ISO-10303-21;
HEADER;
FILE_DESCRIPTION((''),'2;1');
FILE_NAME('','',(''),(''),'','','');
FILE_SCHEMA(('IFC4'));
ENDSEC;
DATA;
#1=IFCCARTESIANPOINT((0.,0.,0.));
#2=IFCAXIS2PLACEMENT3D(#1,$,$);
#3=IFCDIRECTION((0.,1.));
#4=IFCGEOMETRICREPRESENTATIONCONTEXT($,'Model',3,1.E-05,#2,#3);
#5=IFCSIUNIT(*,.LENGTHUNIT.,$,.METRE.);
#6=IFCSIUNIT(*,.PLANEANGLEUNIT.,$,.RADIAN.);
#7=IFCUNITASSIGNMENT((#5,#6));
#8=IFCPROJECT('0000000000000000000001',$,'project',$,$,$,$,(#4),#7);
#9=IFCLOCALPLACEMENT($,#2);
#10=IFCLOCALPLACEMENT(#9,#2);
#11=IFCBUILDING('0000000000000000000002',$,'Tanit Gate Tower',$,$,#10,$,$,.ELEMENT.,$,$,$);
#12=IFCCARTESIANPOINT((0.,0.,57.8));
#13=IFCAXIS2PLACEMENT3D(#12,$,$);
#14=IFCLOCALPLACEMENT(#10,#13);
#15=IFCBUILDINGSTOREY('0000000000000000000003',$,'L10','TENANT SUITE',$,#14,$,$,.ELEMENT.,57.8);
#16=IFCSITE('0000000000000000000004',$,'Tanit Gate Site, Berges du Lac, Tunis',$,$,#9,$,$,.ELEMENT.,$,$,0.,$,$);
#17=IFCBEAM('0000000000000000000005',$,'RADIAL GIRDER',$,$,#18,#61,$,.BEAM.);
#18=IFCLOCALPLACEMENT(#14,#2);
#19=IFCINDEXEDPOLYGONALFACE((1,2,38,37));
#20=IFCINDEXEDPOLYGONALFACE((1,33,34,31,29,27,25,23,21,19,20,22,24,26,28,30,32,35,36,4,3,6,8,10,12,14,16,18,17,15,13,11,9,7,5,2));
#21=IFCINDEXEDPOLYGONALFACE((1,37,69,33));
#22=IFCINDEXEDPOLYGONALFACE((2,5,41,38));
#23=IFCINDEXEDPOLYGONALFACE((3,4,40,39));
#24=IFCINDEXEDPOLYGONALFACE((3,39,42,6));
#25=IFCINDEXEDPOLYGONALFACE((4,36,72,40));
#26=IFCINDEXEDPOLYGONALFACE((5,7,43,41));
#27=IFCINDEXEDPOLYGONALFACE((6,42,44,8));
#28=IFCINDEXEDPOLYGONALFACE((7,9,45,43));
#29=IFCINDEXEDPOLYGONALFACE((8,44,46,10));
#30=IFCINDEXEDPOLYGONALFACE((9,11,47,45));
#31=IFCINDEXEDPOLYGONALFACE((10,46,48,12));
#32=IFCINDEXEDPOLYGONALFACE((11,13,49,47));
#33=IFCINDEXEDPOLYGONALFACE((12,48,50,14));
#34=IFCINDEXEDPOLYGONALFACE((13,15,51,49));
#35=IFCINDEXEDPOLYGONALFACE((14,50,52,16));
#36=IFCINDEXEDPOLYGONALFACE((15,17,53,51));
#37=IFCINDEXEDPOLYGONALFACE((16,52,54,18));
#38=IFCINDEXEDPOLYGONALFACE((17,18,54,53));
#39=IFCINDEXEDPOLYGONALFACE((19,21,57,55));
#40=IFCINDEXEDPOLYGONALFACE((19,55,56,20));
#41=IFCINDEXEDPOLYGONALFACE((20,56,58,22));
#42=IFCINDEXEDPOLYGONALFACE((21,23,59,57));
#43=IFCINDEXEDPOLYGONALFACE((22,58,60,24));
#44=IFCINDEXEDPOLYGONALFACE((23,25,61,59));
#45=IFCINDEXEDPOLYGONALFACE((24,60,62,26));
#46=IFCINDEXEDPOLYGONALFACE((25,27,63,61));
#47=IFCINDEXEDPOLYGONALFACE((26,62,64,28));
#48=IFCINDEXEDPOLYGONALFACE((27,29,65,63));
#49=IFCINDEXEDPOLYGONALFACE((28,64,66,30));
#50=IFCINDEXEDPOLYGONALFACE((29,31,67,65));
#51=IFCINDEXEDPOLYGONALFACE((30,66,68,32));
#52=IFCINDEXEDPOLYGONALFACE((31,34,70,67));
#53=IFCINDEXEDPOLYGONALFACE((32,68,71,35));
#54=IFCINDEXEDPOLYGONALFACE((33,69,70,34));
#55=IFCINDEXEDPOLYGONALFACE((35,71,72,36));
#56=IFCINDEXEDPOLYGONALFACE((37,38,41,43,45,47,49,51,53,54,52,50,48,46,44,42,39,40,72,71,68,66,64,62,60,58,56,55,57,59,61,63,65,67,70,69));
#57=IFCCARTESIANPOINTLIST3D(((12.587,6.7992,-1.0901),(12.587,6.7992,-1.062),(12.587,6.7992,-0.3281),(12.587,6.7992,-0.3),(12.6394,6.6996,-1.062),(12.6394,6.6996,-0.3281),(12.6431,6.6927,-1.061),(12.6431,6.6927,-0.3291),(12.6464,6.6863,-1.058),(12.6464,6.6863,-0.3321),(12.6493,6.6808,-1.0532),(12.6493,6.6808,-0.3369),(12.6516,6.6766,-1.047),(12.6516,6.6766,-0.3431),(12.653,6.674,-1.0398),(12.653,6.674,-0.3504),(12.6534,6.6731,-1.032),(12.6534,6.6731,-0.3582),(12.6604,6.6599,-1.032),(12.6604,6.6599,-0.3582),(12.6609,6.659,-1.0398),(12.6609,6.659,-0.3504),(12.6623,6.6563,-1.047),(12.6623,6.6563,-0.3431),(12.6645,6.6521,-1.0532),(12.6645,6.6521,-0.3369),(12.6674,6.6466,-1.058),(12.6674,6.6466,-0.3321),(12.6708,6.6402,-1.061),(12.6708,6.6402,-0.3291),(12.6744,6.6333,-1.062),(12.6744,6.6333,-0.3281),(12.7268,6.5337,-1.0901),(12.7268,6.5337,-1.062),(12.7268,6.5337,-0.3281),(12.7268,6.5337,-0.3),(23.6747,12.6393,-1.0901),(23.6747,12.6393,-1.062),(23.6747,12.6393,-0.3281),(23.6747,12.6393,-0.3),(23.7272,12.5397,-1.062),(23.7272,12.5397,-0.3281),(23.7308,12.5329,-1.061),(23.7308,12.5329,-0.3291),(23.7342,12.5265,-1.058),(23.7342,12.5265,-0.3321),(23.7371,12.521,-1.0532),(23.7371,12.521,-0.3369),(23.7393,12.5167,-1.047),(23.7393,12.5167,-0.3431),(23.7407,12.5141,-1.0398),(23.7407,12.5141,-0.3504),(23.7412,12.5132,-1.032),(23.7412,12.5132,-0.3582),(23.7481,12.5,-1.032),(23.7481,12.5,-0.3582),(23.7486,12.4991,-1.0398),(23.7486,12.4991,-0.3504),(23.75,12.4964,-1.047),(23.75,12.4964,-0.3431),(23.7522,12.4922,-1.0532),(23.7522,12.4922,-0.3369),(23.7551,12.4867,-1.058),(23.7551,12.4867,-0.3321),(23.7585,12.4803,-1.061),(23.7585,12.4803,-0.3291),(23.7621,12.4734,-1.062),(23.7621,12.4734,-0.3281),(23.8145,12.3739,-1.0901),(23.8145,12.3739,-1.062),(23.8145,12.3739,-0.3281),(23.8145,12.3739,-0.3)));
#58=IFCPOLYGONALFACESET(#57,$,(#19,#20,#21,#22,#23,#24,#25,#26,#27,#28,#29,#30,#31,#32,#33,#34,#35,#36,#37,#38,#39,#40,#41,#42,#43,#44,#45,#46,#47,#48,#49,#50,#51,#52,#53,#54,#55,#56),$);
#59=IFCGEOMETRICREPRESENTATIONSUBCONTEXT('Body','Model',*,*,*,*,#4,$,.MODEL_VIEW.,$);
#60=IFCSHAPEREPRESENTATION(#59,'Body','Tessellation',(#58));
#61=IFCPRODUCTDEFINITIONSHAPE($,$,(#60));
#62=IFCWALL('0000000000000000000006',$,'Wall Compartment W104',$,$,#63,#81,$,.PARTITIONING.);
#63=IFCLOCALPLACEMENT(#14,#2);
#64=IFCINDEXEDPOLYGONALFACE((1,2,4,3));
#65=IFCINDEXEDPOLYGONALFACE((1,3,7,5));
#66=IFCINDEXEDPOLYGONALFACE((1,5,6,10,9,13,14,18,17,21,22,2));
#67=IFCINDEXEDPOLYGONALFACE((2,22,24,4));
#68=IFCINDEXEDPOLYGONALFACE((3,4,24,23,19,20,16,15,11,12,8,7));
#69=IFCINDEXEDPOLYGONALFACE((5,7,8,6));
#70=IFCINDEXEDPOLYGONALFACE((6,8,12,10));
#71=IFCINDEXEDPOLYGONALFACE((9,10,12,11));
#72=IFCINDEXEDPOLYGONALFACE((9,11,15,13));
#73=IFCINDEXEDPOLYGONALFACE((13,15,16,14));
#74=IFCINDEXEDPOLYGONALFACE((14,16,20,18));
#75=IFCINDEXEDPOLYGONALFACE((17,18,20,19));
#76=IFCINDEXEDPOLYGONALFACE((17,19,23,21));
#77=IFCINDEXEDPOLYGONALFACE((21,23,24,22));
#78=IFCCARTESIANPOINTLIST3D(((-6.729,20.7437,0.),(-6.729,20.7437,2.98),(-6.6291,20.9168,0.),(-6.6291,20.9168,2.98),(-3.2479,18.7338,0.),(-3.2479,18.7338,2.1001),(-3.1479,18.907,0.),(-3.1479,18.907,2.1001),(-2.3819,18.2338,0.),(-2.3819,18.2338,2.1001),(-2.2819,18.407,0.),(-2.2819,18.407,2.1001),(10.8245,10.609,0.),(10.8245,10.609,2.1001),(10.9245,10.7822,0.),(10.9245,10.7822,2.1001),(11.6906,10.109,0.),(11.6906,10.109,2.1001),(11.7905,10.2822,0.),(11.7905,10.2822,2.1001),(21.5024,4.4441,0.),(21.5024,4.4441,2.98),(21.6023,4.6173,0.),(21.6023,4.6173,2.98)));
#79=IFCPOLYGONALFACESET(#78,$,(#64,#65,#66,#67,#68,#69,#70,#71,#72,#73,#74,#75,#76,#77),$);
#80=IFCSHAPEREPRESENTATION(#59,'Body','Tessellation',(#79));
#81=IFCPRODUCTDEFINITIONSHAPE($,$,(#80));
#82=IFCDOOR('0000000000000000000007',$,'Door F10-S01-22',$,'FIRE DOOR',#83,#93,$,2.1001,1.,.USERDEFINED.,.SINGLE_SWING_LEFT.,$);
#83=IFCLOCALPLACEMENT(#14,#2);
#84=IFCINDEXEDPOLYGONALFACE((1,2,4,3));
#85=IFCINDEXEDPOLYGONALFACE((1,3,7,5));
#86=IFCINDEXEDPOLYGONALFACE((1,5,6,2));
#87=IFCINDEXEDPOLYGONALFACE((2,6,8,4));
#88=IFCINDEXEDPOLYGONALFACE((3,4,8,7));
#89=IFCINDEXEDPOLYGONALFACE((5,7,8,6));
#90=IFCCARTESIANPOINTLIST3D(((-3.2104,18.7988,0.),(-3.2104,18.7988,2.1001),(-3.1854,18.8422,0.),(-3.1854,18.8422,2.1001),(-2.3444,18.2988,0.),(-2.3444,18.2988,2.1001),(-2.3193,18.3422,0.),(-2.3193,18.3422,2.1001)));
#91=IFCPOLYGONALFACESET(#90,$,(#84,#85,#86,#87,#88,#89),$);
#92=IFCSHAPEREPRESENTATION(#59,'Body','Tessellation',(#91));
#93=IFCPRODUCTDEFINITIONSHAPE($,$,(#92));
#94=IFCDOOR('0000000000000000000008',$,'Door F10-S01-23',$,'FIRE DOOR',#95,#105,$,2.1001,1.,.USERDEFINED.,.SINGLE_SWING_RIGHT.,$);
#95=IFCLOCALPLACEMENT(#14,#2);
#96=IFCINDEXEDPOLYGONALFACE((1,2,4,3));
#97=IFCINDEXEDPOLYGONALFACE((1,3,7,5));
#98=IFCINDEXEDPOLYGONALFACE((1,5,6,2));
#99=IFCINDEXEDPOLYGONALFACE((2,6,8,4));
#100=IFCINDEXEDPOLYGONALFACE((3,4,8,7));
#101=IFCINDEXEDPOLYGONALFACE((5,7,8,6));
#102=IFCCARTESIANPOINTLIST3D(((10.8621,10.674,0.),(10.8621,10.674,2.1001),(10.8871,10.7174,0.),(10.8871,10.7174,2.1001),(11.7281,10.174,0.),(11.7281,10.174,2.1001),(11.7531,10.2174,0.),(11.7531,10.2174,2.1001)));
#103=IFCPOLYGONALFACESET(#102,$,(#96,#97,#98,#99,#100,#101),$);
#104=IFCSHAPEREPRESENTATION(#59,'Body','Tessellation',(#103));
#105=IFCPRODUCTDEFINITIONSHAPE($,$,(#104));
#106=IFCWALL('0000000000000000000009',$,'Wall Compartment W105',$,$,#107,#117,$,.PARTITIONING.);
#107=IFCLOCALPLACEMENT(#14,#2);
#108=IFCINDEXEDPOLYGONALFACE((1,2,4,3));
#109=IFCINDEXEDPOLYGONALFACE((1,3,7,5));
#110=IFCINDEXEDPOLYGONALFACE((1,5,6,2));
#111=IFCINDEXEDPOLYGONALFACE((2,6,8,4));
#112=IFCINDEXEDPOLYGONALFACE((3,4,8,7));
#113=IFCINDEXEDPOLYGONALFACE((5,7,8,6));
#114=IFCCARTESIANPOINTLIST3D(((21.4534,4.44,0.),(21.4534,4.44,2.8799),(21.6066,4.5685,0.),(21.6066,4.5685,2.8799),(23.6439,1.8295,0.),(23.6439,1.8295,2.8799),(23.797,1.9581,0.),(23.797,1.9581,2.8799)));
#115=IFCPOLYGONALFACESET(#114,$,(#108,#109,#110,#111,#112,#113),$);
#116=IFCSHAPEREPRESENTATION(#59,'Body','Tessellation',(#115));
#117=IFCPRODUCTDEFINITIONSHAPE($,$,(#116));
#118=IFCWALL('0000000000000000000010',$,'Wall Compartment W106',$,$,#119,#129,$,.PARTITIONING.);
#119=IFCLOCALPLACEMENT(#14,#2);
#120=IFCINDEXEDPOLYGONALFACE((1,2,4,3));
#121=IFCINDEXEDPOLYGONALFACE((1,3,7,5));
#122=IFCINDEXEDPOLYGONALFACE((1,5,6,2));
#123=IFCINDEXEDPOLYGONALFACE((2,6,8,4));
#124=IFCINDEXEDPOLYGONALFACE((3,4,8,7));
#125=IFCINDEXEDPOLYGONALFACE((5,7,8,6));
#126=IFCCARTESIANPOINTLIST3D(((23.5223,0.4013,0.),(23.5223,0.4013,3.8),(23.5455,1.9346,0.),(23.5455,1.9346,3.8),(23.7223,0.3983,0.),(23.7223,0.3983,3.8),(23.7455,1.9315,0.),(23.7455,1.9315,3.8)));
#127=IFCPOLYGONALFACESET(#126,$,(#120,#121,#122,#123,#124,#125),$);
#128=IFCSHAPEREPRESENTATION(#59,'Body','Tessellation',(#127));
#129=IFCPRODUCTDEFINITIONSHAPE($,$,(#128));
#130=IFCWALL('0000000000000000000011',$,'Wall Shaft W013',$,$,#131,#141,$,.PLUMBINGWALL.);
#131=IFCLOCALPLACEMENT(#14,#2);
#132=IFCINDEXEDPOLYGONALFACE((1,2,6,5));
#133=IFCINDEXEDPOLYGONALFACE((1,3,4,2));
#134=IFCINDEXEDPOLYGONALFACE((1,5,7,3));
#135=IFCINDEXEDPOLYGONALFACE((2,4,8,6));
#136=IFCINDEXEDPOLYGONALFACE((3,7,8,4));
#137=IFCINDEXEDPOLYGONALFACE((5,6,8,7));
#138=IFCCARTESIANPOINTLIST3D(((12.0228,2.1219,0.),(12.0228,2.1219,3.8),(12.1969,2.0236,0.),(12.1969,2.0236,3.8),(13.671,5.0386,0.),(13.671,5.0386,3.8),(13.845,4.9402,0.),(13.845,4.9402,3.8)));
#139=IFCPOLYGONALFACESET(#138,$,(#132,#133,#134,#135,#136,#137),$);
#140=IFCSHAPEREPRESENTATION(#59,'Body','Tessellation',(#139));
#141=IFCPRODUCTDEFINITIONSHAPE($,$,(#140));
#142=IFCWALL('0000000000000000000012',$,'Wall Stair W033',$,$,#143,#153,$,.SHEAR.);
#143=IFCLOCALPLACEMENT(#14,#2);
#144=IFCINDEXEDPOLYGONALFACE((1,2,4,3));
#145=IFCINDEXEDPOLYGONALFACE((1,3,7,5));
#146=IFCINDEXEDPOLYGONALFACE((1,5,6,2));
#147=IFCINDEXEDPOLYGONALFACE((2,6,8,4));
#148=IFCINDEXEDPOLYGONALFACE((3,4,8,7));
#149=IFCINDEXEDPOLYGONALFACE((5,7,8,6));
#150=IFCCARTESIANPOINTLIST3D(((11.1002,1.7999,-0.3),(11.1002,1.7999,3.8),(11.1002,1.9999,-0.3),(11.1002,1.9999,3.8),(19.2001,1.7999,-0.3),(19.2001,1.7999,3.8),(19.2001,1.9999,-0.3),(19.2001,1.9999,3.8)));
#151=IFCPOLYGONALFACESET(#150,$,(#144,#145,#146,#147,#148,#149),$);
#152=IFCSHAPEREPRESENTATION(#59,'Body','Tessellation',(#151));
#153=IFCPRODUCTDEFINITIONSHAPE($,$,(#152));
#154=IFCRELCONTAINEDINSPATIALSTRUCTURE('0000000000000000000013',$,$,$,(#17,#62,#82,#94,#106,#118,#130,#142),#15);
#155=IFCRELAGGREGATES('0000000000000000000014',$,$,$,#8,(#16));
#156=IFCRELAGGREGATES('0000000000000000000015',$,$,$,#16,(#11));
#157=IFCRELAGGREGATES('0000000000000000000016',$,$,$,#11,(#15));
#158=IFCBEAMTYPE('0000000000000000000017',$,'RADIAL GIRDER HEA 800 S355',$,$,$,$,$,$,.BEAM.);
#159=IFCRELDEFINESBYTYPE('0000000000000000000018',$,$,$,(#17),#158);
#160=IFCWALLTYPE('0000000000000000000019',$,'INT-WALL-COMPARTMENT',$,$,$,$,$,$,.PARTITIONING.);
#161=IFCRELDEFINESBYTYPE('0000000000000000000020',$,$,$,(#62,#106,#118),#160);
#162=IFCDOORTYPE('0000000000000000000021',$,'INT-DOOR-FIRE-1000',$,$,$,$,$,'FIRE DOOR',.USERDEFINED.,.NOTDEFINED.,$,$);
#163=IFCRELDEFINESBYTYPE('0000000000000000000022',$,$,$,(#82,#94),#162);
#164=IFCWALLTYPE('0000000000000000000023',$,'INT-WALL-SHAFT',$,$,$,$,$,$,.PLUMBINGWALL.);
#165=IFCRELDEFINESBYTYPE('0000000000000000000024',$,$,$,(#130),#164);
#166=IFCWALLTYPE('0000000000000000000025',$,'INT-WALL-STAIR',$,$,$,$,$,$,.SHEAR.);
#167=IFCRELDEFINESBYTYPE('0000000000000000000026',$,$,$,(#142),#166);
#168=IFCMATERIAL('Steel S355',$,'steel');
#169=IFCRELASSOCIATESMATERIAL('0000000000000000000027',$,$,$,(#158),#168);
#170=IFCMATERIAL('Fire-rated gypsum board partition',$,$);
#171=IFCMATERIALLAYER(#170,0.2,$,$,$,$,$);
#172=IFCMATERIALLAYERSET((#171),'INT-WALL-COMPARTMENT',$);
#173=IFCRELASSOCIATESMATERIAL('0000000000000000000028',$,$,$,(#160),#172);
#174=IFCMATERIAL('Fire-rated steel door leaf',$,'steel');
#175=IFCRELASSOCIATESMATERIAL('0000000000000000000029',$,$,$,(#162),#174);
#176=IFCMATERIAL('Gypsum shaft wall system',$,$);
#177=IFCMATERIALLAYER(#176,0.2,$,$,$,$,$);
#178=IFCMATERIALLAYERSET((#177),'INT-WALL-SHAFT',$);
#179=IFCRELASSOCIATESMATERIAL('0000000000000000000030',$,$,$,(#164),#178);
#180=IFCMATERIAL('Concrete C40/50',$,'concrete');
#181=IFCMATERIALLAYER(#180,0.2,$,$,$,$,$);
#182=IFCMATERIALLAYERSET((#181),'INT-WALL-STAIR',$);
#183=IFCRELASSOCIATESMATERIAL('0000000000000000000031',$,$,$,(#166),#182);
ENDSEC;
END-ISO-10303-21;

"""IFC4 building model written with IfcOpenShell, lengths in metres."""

from ifc_helpers import new_model, si_unit, direction, frame, frame_2d, origin, origin_2d, place, context, subcontext, project, spatial, rectangle, i_section, extrude, material, layer, layer_set, material_profile, profile_set, type_object, element, fill, save


model = new_model("IFC4")

# Units and contexts
model_context = context("Model", 3, precision=1e-05, world=origin(), true_north=direction((0.0, 1.0)))
body_context = subcontext(model_context, "Body", "Model", "MODEL_VIEW")
ifc_project = project(units=[si_unit("LENGTHUNIT", "METRE"), si_unit("PLANEANGLEUNIT", "RADIAN")], contexts=[model_context])

# Site, building, storey
site_placement = place(None, origin())
site = spatial("IfcSite", under=ifc_project, at=site_placement, Name="Tanit Gate Site, Berges du Lac, Tunis", CompositionType="ELEMENT", RefElevation=0.0)
building_placement = place(site_placement, origin())
building = spatial("IfcBuilding", under=site, at=building_placement, Name="Tanit Gate Tower", CompositionType="ELEMENT")
storey_placement = place(building_placement, frame((0.0, 0.0, 57.8)))
storey = spatial("IfcBuildingStorey", under=building, at=storey_placement, Name="L10", Description="TENANT SUITE", CompositionType="ELEMENT", Elevation=57.8)

# Beam
ifc_material_1 = material(Name="Steel S355", Category="steel")
ifc_material_profile = material_profile(ifc_material_1, i_section(OverallWidth=0.3, OverallDepth=0.79, WebThickness=0.0149, FlangeThickness=0.0281, FilletRadius=0.03, at=origin_2d()), Name="HEA 800")
ifc_profile_set = profile_set([ifc_material_profile], Name="Steel S355")
beam_type = type_object("IfcBeamType", Name="RADIAL GIRDER HEA 800 S355", PredefinedType="BEAM", material=ifc_profile_set)
beam_placement = place(storey_placement, frame((23.7446, 12.5066, -0.6951), z_axis=(-0.884771, -0.466027, 0.0), x_axis=(0.466027, -0.884771, 0.0)))
element("IfcBeam", 1, at=beam_placement, inside=storey, type_object=beam_type, Name="RADIAL GIRDER", PredefinedType="BEAM", context=body_context, shape_type="SweptSolid", body=[
    extrude(i_section(OverallWidth=0.3, OverallDepth=0.79, WebThickness=0.0149, FlangeThickness=0.0281, FilletRadius=0.03, at=origin_2d()), origin(), (0.0, 0.0, 1.0), 12.5317),
])

# Wall, openings, doors
ifc_material_2 = material(Name="Fire-rated gypsum board partition")
ifc_layer_1 = layer(ifc_material_2, 0.2)
ifc_layer_set_1 = layer_set([ifc_layer_1], Name="INT-WALL-COMPARTMENT")
wall_type_1 = type_object("IfcWallType", Name="INT-WALL-COMPARTMENT", PredefinedType="PARTITIONING", material=ifc_layer_set_1)
wall_1_placement = place(storey_placement, frame((21.5522, 4.5308, 0.0), z_axis=(0.0, 0.0, 1.0), x_axis=(-0.866024, 0.500003, 0.0)))
wall_1 = element("IfcWall", 2, at=wall_1_placement, inside=storey, type_object=wall_type_1, Name="Wall Compartment W104", PredefinedType="PARTITIONING", context=body_context, shape_type="SweptSolid", body=[
    extrude(rectangle(XDim=32.5989, YDim=0.2, at=frame_2d((16.2993, 0.0))), origin(), (0.0, 0.0, 1.0), 2.98),
])
opening_1_placement = place(wall_1_placement, frame((27.5791, 0.0, 0.0)))
opening_1 = element("IfcOpeningElement", 3, at=opening_1_placement, cuts=wall_1, PredefinedType="OPENING", context=body_context, shape_type="SweptSolid", body=[
    extrude(rectangle(XDim=1.0, YDim=2.1001, at=frame_2d((0.5, 1.05))), frame((0.0, 0.1099, 0.0), z_axis=(0.0, -1.0, 0.0), x_axis=(1.0, 0.0, 0.0)), (0.0, 0.0, 1.0), 0.22),
])
opening_2_placement = place(wall_1_placement, frame((11.3296, 0.0, 0.0)))
opening_2 = element("IfcOpeningElement", 4, at=opening_2_placement, cuts=wall_1, PredefinedType="OPENING", context=body_context, shape_type="SweptSolid", body=[
    extrude(rectangle(XDim=1.0, YDim=2.1001, at=frame_2d((0.5, 1.05))), frame((0.0, 0.1099, 0.0), z_axis=(0.0, -1.0, 0.0), x_axis=(1.0, 0.0, 0.0)), (0.0, 0.0, 1.0), 0.22),
])
ifc_material_3 = material(Name="Fire-rated steel door leaf", Category="steel")
door_type_1 = type_object("IfcDoorType", Name="INT-DOOR-FIRE-1000", ElementType="FIRE DOOR", OperationType="NOTDEFINED", PredefinedType="USERDEFINED", material=ifc_material_3)
door_1_placement = place(opening_1_placement, origin())
door_1 = element("IfcDoor", 5, at=door_1_placement, inside=storey, type_object=door_type_1, Name="Door F10-S01-22", ObjectType="FIRE DOOR", OperationType="SINGLE_SWING_LEFT", OverallHeight=2.1001, OverallWidth=1.0, PredefinedType="USERDEFINED", context=body_context, shape_type="SweptSolid", body=[
    extrude(rectangle(XDim=1.0, YDim=2.1001, at=frame_2d((0.5, 1.05))), frame((0.0, 0.0249, 0.0), z_axis=(0.0, -1.0, 0.0), x_axis=(1.0, 0.0, 0.0)), (0.0, 0.0, 1.0), 0.05),
])
fill(opening_1, door_1)
door_2_placement = place(opening_2_placement, origin())
door_2 = element("IfcDoor", 6, at=door_2_placement, inside=storey, type_object=door_type_1, Name="Door F10-S01-23", ObjectType="FIRE DOOR", OperationType="SINGLE_SWING_RIGHT", OverallHeight=2.1001, OverallWidth=1.0, PredefinedType="USERDEFINED", context=body_context, shape_type="SweptSolid", body=[
    extrude(rectangle(XDim=1.0, YDim=2.1001, at=frame_2d((0.5, 1.05))), frame((0.0, 0.0249, 0.0), z_axis=(0.0, -1.0, 0.0), x_axis=(1.0, 0.0, 0.0)), (0.0, 0.0, 1.0), 0.05),
])
fill(opening_2, door_2)

# Walls
wall_2_placement = place(storey_placement, frame((23.7205, 1.8938, 0.0), z_axis=(0.0, 0.0, 1.0), x_axis=(-0.642802, 0.766032, 0.0)))
element("IfcWall", 7, at=wall_2_placement, inside=storey, type_object=wall_type_1, Name="Wall Compartment W105", PredefinedType="PARTITIONING", context=body_context, shape_type="SweptSolid", body=[
    extrude(rectangle(XDim=3.4077, YDim=0.2, at=frame_2d((1.7039, 0.0))), origin(), (0.0, 0.0, 1.0), 2.8799),
])
wall_3_placement = place(storey_placement, frame((23.6223, 0.3999, 0.0), z_axis=(0.0, 0.0, 1.0), x_axis=(0.015126, 0.999886, 0.0)))
element("IfcWall", 8, at=wall_3_placement, inside=storey, type_object=wall_type_1, Name="Wall Compartment W106", PredefinedType="PARTITIONING", context=body_context, shape_type="SweptSolid", body=[
    extrude(rectangle(XDim=1.5334, YDim=0.2, at=frame_2d((0.7666, 0.0))), origin(), (0.0, 0.0, 1.0), 3.8),
])
ifc_material_4 = material(Name="Gypsum shaft wall system")
ifc_layer_2 = layer(ifc_material_4, 0.2)
ifc_layer_set_2 = layer_set([ifc_layer_2], Name="INT-WALL-SHAFT")
wall_type_2 = type_object("IfcWallType", Name="INT-WALL-SHAFT", PredefinedType="PLUMBINGWALL", material=ifc_layer_set_2)
wall_4_placement = place(storey_placement, frame((12.1099, 2.0728, 0.0), z_axis=(0.0, 0.0, 1.0), x_axis=(0.491966, 0.870614, 0.0)))
element("IfcWall", 9, at=wall_4_placement, inside=storey, type_object=wall_type_2, Name="Wall Shaft W013", PredefinedType="PLUMBINGWALL", context=body_context, shape_type="SweptSolid", body=[
    extrude(rectangle(XDim=3.3501, YDim=0.2, at=frame_2d((1.675, 0.0))), origin(), (0.0, 0.0, 1.0), 3.8),
])
ifc_material_5 = material(Name="Concrete C40/50", Category="concrete")
ifc_layer_3 = layer(ifc_material_5, 0.2)
ifc_layer_set_3 = layer_set([ifc_layer_3], Name="INT-WALL-STAIR")
wall_type_3 = type_object("IfcWallType", Name="INT-WALL-STAIR", PredefinedType="SHEAR", material=ifc_layer_set_3)
wall_5_placement = place(storey_placement, frame((19.2, 1.8999, -0.3), z_axis=(0.0, 0.0, 1.0), x_axis=(-1.0, 0.0, 0.0)))
element("IfcWall", 10, at=wall_5_placement, inside=storey, type_object=wall_type_3, Name="Wall Stair W033", PredefinedType="SHEAR", context=body_context, shape_type="SweptSolid", body=[
    extrude(rectangle(XDim=8.0999, YDim=0.2, at=frame_2d((4.0498, 0.0))), origin(), (0.0, 0.0, 1.0), 4.1001),
])

save(model, "model.ifc")
